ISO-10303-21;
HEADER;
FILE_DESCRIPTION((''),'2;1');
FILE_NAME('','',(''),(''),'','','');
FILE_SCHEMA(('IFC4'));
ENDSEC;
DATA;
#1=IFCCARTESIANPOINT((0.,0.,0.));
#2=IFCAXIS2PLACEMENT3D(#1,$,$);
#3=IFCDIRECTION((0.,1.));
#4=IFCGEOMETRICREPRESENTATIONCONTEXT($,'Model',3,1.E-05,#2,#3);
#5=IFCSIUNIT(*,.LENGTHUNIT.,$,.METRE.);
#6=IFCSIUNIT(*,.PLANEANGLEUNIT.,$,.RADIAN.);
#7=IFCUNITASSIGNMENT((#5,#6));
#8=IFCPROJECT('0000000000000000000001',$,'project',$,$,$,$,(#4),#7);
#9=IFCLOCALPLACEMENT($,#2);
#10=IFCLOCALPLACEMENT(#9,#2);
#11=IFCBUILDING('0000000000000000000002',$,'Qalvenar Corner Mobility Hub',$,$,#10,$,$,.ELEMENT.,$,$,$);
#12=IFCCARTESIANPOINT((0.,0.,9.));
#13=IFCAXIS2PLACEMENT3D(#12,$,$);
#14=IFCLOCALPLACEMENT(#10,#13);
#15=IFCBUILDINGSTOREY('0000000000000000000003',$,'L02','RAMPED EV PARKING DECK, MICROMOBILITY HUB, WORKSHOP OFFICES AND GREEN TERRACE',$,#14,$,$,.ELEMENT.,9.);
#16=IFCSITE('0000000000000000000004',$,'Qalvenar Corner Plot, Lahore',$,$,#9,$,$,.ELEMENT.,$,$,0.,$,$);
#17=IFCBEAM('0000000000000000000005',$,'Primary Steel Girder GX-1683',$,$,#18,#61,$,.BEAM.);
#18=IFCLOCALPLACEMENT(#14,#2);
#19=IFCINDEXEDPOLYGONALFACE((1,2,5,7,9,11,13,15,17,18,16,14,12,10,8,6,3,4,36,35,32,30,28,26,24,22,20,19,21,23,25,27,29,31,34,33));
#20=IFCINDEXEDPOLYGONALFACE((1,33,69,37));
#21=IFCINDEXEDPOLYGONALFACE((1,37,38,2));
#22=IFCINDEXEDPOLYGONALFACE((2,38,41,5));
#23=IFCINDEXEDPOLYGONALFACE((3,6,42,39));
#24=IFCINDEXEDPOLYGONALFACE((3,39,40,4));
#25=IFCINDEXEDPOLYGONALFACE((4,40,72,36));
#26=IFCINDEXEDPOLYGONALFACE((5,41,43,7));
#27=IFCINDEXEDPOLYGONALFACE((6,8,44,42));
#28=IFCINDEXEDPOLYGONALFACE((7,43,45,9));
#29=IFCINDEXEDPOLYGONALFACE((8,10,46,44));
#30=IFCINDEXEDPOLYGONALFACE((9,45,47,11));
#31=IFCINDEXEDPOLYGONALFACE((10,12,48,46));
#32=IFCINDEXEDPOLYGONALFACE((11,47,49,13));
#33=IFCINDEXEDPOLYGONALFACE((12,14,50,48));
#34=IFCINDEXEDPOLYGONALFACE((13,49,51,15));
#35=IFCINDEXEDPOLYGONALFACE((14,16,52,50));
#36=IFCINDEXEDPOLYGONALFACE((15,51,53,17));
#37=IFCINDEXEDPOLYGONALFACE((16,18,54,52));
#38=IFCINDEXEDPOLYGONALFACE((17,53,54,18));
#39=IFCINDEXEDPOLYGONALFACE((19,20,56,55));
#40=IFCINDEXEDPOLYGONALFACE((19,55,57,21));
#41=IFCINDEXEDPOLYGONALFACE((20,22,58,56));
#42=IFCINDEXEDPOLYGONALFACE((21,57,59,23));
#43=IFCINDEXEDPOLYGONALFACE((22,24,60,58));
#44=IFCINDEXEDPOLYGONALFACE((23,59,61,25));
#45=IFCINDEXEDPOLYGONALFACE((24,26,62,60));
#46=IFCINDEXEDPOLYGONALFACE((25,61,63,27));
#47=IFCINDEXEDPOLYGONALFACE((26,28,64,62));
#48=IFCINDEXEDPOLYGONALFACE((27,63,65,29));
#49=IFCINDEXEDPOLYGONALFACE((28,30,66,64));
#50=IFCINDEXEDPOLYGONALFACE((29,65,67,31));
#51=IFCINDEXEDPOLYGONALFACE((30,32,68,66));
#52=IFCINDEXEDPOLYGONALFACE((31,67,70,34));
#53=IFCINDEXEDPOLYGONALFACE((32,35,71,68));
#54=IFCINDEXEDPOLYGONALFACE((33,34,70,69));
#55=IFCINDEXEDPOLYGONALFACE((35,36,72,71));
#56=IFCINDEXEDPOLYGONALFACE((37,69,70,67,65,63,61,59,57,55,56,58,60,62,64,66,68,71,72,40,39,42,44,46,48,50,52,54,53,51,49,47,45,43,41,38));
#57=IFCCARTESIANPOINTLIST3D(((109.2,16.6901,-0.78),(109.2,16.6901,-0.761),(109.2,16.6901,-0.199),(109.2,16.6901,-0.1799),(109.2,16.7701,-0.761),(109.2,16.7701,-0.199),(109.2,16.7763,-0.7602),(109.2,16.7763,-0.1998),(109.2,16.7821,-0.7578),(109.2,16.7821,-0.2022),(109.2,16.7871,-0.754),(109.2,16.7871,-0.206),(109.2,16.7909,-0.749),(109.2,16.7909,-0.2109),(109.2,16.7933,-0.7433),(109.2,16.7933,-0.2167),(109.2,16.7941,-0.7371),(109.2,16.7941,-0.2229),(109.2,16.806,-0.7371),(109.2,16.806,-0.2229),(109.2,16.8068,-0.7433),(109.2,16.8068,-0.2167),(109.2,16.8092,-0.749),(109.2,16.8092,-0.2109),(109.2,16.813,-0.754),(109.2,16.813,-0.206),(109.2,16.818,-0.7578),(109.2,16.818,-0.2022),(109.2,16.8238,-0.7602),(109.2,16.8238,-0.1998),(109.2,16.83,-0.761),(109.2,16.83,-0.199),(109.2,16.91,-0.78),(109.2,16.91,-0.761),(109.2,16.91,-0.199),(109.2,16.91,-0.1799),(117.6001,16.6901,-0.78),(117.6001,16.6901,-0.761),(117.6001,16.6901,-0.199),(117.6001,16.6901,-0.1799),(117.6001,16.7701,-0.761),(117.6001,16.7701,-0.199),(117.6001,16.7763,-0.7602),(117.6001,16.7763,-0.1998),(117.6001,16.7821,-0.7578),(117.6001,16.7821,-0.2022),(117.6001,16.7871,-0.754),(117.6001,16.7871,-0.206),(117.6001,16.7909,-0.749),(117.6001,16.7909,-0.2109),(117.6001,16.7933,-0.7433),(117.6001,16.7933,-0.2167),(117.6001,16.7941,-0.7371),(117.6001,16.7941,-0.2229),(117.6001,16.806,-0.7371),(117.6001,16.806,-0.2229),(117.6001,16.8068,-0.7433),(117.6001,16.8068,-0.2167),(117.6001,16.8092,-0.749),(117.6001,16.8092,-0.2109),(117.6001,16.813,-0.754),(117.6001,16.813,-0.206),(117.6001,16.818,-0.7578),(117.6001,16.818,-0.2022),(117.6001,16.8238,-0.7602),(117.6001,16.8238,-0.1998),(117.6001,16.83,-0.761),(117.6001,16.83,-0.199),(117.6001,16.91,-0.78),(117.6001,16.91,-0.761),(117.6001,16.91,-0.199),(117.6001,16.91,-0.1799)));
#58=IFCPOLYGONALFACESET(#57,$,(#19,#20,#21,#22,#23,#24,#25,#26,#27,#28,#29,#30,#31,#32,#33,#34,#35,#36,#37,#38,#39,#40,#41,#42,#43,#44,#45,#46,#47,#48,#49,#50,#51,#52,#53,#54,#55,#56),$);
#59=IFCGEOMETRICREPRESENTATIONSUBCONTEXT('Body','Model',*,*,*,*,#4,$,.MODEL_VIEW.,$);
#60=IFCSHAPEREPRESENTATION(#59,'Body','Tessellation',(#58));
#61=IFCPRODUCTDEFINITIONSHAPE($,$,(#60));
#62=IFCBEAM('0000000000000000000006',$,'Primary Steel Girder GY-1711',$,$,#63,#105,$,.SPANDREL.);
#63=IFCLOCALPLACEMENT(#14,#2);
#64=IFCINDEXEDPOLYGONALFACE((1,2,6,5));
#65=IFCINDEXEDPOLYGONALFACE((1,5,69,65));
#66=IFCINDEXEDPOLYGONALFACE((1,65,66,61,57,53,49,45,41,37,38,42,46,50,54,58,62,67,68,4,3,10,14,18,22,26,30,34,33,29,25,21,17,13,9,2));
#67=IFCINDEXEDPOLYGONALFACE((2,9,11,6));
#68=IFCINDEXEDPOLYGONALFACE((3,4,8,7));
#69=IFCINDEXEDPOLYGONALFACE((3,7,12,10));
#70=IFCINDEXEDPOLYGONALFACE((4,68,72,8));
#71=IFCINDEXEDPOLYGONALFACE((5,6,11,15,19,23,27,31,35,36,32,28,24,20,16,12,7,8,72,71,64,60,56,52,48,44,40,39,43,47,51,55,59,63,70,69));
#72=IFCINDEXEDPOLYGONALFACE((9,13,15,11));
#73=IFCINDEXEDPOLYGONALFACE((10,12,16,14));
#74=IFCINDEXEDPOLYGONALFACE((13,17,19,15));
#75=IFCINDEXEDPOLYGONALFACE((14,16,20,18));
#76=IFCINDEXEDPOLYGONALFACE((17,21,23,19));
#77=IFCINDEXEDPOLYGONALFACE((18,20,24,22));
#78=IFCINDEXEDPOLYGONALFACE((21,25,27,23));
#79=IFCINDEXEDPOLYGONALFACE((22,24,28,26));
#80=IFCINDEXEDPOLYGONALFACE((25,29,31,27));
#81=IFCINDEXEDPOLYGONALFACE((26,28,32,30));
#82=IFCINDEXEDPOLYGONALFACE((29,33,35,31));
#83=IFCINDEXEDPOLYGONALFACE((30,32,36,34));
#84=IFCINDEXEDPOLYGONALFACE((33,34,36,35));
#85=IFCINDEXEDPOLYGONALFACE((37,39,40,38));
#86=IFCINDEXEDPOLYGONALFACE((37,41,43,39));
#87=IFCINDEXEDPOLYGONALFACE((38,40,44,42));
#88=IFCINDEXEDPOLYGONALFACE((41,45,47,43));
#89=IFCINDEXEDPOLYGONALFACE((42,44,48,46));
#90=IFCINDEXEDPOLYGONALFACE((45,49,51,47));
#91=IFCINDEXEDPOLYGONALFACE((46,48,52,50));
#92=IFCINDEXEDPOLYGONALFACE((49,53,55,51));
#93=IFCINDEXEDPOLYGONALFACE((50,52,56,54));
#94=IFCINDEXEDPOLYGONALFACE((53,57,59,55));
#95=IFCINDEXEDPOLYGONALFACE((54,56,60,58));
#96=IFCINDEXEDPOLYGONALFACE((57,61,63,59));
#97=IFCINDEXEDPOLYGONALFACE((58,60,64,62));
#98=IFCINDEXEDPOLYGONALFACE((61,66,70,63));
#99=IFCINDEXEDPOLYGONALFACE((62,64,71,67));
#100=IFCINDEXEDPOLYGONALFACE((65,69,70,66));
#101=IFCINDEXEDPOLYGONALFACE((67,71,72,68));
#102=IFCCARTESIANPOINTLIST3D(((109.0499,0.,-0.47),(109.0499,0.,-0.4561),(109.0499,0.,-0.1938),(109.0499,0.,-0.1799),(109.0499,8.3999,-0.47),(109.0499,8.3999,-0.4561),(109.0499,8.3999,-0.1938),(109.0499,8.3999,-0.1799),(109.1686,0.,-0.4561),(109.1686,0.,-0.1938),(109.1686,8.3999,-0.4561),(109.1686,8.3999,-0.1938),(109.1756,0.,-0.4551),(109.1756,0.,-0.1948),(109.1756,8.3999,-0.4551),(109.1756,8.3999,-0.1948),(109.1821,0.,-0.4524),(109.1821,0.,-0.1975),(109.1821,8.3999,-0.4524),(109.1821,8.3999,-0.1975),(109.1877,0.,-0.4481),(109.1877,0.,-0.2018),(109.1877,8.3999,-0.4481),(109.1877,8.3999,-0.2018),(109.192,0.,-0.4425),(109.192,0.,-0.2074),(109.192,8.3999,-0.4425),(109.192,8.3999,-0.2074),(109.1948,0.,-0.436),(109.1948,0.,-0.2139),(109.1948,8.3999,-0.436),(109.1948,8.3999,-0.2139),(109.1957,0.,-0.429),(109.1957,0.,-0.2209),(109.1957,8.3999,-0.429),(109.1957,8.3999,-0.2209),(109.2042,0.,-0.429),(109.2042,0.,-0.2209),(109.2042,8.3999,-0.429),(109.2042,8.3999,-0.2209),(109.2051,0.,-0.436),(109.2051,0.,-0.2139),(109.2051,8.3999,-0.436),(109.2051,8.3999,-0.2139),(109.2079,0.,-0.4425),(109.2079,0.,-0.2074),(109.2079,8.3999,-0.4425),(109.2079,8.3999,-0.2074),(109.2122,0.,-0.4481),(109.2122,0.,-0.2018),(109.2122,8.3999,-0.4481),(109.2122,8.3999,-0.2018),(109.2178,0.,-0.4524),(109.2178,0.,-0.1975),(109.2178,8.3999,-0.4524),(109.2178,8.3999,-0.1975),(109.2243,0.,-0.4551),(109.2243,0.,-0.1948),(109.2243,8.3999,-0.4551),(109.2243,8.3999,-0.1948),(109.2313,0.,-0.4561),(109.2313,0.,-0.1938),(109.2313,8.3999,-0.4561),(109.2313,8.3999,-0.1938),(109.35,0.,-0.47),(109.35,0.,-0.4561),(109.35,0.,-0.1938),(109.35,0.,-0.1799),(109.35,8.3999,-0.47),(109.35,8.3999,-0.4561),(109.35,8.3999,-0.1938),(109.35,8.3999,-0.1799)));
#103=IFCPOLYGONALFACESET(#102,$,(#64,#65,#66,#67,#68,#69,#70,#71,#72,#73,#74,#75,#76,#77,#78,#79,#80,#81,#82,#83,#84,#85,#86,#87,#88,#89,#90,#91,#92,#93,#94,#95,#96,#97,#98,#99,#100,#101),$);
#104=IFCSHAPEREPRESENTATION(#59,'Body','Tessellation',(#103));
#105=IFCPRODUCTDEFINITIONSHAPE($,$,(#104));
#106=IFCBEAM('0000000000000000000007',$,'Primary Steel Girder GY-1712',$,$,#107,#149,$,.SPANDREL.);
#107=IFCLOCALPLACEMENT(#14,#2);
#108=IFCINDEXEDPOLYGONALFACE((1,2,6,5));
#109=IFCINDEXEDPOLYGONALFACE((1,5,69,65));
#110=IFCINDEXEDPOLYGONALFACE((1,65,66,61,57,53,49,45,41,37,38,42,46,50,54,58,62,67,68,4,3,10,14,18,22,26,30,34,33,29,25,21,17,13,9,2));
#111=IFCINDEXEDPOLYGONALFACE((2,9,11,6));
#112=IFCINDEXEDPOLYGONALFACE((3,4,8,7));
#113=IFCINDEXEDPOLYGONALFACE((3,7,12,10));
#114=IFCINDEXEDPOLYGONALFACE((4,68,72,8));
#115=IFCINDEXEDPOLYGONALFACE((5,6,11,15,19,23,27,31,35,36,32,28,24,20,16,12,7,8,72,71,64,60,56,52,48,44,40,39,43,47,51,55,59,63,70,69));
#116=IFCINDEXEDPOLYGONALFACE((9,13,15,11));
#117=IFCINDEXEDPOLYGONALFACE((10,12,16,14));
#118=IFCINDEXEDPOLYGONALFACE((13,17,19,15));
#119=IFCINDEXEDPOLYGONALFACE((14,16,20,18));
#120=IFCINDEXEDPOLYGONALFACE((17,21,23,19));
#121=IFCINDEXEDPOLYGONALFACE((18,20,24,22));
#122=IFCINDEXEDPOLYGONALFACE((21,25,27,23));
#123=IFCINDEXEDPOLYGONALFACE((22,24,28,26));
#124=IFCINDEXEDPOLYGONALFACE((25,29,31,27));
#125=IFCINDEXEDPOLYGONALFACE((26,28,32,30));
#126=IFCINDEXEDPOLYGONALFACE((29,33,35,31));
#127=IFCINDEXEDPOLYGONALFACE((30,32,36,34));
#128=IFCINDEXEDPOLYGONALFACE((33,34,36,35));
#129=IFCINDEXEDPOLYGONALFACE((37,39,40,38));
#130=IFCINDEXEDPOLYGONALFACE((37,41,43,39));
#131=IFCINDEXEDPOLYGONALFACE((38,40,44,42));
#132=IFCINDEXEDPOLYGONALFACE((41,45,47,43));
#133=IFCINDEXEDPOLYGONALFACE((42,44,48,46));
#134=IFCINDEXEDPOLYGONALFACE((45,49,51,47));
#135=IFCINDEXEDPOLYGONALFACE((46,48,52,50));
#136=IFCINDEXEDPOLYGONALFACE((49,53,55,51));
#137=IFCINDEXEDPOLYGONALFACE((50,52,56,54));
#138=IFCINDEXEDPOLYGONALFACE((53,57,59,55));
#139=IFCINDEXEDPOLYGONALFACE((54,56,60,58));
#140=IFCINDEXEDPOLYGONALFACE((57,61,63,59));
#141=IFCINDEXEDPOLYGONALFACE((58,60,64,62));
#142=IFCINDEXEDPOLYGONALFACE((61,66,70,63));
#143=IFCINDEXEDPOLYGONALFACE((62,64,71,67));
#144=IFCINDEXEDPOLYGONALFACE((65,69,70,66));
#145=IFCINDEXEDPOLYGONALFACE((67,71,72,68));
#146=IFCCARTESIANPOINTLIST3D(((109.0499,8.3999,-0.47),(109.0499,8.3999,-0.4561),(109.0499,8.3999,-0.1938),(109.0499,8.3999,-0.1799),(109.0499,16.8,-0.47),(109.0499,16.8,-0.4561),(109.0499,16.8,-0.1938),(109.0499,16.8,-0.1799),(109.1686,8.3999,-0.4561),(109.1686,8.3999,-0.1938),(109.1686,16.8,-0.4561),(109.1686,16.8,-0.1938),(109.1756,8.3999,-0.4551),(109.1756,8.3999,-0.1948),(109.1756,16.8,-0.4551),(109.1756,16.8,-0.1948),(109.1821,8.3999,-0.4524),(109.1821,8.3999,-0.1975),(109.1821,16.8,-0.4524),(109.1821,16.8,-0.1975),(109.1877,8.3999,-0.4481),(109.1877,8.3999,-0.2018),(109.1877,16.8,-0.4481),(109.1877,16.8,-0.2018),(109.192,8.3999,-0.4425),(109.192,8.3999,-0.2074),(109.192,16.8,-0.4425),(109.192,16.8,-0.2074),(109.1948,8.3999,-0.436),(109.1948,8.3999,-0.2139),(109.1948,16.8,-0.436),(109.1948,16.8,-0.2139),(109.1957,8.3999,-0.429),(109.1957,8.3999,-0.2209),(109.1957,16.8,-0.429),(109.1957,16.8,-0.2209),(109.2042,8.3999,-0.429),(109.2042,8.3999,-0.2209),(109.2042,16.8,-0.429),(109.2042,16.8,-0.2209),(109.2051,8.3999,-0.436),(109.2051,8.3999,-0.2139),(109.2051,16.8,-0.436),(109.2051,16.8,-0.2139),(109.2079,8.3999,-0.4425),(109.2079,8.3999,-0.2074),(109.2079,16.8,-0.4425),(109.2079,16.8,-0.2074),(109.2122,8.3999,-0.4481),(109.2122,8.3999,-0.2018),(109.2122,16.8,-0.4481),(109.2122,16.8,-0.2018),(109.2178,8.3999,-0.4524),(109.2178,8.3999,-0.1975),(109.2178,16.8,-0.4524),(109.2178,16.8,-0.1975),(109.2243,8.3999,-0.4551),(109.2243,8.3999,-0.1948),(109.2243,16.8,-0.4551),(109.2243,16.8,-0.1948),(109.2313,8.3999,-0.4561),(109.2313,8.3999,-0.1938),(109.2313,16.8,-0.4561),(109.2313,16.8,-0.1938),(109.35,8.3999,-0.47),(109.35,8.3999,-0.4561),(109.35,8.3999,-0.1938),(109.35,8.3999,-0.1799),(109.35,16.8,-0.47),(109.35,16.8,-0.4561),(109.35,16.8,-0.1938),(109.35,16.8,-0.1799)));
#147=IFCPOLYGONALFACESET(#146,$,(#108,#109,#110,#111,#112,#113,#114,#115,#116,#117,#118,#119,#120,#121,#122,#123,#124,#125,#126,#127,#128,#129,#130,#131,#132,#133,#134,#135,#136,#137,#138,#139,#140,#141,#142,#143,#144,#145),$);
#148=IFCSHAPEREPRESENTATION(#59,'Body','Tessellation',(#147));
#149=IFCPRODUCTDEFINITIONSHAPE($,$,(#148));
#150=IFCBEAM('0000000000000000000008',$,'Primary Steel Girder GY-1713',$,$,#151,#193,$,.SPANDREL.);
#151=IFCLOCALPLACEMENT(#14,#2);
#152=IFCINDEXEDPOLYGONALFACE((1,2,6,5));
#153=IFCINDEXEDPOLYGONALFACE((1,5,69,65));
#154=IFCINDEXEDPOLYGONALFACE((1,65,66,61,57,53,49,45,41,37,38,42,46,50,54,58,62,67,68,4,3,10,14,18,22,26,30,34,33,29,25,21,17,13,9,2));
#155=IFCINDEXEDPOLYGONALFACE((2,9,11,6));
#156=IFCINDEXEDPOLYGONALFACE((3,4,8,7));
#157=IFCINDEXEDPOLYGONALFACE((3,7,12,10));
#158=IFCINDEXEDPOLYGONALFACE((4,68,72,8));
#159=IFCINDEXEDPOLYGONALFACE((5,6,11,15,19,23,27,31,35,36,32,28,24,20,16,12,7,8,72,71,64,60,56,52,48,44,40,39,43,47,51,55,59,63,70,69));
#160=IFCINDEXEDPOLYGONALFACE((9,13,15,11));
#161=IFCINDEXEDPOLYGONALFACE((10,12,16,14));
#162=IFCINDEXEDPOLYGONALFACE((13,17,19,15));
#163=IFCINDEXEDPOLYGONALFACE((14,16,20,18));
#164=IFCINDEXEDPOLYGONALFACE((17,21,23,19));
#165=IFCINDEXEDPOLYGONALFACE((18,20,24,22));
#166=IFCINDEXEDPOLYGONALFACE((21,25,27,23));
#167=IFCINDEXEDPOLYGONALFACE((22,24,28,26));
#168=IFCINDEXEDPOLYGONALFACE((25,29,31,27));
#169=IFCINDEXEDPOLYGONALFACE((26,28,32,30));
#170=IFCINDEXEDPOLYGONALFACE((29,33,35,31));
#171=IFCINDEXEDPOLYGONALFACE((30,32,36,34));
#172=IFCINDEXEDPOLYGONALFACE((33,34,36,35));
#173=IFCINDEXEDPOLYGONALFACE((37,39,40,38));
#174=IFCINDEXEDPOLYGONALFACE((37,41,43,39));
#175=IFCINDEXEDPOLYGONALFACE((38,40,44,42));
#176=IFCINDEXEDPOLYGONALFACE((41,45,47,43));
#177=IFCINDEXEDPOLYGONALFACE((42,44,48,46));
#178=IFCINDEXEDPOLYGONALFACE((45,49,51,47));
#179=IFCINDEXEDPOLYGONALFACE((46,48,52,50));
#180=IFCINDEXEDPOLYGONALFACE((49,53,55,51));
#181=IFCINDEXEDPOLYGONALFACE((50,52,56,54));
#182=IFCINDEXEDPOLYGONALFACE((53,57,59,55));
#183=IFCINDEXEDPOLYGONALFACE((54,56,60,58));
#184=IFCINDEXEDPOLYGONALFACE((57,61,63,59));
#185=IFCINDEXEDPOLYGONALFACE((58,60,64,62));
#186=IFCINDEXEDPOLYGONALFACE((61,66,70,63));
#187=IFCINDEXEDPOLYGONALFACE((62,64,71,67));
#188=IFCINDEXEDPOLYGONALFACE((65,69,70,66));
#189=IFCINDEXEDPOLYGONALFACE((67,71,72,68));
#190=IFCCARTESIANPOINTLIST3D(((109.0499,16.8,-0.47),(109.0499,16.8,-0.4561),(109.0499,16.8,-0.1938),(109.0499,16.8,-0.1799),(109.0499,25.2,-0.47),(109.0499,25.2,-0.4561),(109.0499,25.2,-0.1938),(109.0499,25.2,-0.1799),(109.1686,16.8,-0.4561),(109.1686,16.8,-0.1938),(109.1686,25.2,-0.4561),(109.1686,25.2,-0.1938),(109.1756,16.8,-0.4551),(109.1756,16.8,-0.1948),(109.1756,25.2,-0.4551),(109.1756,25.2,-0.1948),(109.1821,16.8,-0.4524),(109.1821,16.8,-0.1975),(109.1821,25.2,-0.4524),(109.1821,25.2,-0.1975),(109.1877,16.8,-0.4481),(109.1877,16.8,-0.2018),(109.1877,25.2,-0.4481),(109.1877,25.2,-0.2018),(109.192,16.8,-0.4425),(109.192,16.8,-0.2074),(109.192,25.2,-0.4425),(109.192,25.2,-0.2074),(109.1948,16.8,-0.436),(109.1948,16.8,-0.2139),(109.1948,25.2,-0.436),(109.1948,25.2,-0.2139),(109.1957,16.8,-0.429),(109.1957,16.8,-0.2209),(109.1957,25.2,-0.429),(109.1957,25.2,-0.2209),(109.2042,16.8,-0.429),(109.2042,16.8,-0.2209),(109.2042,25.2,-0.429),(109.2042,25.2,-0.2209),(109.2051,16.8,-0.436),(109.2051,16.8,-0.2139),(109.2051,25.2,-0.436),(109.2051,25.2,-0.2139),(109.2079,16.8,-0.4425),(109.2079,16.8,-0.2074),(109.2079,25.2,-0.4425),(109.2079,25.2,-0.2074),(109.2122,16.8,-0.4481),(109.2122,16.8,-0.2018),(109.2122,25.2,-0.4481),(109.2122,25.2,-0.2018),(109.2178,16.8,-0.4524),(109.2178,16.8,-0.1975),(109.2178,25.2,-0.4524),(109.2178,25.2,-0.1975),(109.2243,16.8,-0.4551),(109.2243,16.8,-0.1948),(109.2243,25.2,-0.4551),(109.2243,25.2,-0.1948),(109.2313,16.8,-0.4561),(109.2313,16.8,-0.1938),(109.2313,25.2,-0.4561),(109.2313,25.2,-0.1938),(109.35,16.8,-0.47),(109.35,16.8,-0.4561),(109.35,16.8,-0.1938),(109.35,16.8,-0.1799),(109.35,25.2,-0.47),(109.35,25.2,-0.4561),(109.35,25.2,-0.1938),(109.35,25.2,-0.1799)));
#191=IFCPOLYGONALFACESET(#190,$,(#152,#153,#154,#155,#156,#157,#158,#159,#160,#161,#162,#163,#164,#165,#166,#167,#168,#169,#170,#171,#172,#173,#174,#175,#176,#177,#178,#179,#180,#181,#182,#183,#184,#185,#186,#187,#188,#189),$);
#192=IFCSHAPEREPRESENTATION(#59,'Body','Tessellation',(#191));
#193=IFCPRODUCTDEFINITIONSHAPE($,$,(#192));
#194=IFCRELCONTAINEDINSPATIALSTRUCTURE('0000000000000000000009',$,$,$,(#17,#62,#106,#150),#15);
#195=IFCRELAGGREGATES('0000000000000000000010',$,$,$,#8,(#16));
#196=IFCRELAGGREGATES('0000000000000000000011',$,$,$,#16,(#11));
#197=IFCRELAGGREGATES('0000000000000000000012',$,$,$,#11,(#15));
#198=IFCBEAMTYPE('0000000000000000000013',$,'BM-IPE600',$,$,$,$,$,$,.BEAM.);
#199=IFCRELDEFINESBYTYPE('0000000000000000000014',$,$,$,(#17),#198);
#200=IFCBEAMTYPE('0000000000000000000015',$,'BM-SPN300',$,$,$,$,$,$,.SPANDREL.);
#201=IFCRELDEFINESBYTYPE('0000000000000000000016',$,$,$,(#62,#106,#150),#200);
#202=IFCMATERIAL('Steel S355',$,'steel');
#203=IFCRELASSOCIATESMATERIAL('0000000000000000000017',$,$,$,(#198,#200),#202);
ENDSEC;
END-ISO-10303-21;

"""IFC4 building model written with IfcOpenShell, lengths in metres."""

from ifc_helpers import new_model, si_unit, direction, frame, origin, origin_2d, place, context, subcontext, project, spatial, i_section, extrude, material, material_profile, profile_set, type_object, element, save


model = new_model("IFC4")

# Units and contexts
model_context = context("Model", 3, precision=1e-05, world=origin(), true_north=direction((0.0, 1.0)))
body_context = subcontext(model_context, "Body", "Model", "MODEL_VIEW")
ifc_project = project(units=[si_unit("LENGTHUNIT", "METRE"), si_unit("PLANEANGLEUNIT", "RADIAN")], contexts=[model_context])

# Site, building, storey
site_placement = place(None, origin())
site = spatial("IfcSite", under=ifc_project, at=site_placement, Name="Qalvenar Corner Plot, Lahore", CompositionType="ELEMENT", RefElevation=0.0)
building_placement = place(site_placement, origin())
building = spatial("IfcBuilding", under=site, at=building_placement, Name="Qalvenar Corner Mobility Hub", CompositionType="ELEMENT")
storey_placement = place(building_placement, frame((0.0, 0.0, 9.0)))
storey = spatial("IfcBuildingStorey", under=building, at=storey_placement, Name="L02", Description="RAMPED EV PARKING DECK, MICROMOBILITY HUB, WORKSHOP OFFICES AND GREEN TERRACE", CompositionType="ELEMENT", Elevation=9.0)

# Shared definitions
ifc_material_1 = material(Name="Steel S355", Category="steel")

# Beams
ifc_material_profile_1 = material_profile(ifc_material_1, i_section(OverallWidth=0.22, OverallDepth=0.6001, WebThickness=0.012, FlangeThickness=0.019, FilletRadius=0.0239, at=origin_2d()), Name="IPE600")
ifc_profile_set_1 = profile_set([ifc_material_profile_1], Name="Steel S355")
beam_type_1 = type_object("IfcBeamType", Name="BM-IPE600", PredefinedType="BEAM", material=ifc_profile_set_1)
for number, where, z_axis, x_axis, name in (
    (1, (109.2, 16.8, -0.48), (1.0, 0.0, 0.0), (0.0, 1.0, 0.0), "Primary Steel Girder GX-1683"),
):
    element("IfcBeam", number, at=place(storey_placement, frame(where, z_axis=z_axis, x_axis=x_axis)), inside=storey, type_object=beam_type_1, Name=name, PredefinedType="BEAM", context=body_context, shape_type="SweptSolid", body=[
        extrude(i_section(OverallWidth=0.22, OverallDepth=0.6001, WebThickness=0.012, FlangeThickness=0.019, FilletRadius=0.0239, at=origin_2d()), origin(), (0.0, 0.0, 1.0), 8.4001),
    ])
ifc_material_profile_2 = material_profile(ifc_material_1, i_section(OverallWidth=0.3, OverallDepth=0.29, WebThickness=0.0085, FlangeThickness=0.0139, FilletRadius=0.0271, at=origin_2d()), Name="HEA300")
ifc_profile_set_2 = profile_set([ifc_material_profile_2], Name="Steel S355")
beam_type_2 = type_object("IfcBeamType", Name="BM-SPN300", PredefinedType="SPANDREL", material=ifc_profile_set_2)
beam_1_placement = place(storey_placement, frame((109.2, 0.0, -0.325), z_axis=(0.0, 1.0, 0.0), x_axis=(-1.0, 0.0, 0.0)))
element("IfcBeam", 2, at=beam_1_placement, inside=storey, type_object=beam_type_2, Name="Primary Steel Girder GY-1711", PredefinedType="SPANDREL", context=body_context, shape_type="SweptSolid", body=[
    extrude(i_section(OverallWidth=0.3, OverallDepth=0.29, WebThickness=0.0085, FlangeThickness=0.0139, FilletRadius=0.0271, at=origin_2d()), origin(), (0.0, 0.0, 1.0), 8.3999),
])
beam_2_placement = place(storey_placement, frame((109.2, 8.3999, -0.325), z_axis=(0.0, 1.0, 0.0), x_axis=(-1.0, 0.0, 0.0)))
element("IfcBeam", 3, at=beam_2_placement, inside=storey, type_object=beam_type_2, Name="Primary Steel Girder GY-1712", PredefinedType="SPANDREL", context=body_context, shape_type="SweptSolid", body=[
    extrude(i_section(OverallWidth=0.3, OverallDepth=0.29, WebThickness=0.0085, FlangeThickness=0.0139, FilletRadius=0.0271, at=origin_2d()), origin(), (0.0, 0.0, 1.0), 8.4001),
])
beam_3_placement = place(storey_placement, frame((109.2, 16.8, -0.325), z_axis=(0.0, 1.0, 0.0), x_axis=(-1.0, 0.0, 0.0)))
element("IfcBeam", 4, at=beam_3_placement, inside=storey, type_object=beam_type_2, Name="Primary Steel Girder GY-1713", PredefinedType="SPANDREL", context=body_context, shape_type="SweptSolid", body=[
    extrude(i_section(OverallWidth=0.3, OverallDepth=0.29, WebThickness=0.0085, FlangeThickness=0.0139, FilletRadius=0.0271, at=origin_2d()), origin(), (0.0, 0.0, 1.0), 8.3999),
])

save(model, "model.ifc")
